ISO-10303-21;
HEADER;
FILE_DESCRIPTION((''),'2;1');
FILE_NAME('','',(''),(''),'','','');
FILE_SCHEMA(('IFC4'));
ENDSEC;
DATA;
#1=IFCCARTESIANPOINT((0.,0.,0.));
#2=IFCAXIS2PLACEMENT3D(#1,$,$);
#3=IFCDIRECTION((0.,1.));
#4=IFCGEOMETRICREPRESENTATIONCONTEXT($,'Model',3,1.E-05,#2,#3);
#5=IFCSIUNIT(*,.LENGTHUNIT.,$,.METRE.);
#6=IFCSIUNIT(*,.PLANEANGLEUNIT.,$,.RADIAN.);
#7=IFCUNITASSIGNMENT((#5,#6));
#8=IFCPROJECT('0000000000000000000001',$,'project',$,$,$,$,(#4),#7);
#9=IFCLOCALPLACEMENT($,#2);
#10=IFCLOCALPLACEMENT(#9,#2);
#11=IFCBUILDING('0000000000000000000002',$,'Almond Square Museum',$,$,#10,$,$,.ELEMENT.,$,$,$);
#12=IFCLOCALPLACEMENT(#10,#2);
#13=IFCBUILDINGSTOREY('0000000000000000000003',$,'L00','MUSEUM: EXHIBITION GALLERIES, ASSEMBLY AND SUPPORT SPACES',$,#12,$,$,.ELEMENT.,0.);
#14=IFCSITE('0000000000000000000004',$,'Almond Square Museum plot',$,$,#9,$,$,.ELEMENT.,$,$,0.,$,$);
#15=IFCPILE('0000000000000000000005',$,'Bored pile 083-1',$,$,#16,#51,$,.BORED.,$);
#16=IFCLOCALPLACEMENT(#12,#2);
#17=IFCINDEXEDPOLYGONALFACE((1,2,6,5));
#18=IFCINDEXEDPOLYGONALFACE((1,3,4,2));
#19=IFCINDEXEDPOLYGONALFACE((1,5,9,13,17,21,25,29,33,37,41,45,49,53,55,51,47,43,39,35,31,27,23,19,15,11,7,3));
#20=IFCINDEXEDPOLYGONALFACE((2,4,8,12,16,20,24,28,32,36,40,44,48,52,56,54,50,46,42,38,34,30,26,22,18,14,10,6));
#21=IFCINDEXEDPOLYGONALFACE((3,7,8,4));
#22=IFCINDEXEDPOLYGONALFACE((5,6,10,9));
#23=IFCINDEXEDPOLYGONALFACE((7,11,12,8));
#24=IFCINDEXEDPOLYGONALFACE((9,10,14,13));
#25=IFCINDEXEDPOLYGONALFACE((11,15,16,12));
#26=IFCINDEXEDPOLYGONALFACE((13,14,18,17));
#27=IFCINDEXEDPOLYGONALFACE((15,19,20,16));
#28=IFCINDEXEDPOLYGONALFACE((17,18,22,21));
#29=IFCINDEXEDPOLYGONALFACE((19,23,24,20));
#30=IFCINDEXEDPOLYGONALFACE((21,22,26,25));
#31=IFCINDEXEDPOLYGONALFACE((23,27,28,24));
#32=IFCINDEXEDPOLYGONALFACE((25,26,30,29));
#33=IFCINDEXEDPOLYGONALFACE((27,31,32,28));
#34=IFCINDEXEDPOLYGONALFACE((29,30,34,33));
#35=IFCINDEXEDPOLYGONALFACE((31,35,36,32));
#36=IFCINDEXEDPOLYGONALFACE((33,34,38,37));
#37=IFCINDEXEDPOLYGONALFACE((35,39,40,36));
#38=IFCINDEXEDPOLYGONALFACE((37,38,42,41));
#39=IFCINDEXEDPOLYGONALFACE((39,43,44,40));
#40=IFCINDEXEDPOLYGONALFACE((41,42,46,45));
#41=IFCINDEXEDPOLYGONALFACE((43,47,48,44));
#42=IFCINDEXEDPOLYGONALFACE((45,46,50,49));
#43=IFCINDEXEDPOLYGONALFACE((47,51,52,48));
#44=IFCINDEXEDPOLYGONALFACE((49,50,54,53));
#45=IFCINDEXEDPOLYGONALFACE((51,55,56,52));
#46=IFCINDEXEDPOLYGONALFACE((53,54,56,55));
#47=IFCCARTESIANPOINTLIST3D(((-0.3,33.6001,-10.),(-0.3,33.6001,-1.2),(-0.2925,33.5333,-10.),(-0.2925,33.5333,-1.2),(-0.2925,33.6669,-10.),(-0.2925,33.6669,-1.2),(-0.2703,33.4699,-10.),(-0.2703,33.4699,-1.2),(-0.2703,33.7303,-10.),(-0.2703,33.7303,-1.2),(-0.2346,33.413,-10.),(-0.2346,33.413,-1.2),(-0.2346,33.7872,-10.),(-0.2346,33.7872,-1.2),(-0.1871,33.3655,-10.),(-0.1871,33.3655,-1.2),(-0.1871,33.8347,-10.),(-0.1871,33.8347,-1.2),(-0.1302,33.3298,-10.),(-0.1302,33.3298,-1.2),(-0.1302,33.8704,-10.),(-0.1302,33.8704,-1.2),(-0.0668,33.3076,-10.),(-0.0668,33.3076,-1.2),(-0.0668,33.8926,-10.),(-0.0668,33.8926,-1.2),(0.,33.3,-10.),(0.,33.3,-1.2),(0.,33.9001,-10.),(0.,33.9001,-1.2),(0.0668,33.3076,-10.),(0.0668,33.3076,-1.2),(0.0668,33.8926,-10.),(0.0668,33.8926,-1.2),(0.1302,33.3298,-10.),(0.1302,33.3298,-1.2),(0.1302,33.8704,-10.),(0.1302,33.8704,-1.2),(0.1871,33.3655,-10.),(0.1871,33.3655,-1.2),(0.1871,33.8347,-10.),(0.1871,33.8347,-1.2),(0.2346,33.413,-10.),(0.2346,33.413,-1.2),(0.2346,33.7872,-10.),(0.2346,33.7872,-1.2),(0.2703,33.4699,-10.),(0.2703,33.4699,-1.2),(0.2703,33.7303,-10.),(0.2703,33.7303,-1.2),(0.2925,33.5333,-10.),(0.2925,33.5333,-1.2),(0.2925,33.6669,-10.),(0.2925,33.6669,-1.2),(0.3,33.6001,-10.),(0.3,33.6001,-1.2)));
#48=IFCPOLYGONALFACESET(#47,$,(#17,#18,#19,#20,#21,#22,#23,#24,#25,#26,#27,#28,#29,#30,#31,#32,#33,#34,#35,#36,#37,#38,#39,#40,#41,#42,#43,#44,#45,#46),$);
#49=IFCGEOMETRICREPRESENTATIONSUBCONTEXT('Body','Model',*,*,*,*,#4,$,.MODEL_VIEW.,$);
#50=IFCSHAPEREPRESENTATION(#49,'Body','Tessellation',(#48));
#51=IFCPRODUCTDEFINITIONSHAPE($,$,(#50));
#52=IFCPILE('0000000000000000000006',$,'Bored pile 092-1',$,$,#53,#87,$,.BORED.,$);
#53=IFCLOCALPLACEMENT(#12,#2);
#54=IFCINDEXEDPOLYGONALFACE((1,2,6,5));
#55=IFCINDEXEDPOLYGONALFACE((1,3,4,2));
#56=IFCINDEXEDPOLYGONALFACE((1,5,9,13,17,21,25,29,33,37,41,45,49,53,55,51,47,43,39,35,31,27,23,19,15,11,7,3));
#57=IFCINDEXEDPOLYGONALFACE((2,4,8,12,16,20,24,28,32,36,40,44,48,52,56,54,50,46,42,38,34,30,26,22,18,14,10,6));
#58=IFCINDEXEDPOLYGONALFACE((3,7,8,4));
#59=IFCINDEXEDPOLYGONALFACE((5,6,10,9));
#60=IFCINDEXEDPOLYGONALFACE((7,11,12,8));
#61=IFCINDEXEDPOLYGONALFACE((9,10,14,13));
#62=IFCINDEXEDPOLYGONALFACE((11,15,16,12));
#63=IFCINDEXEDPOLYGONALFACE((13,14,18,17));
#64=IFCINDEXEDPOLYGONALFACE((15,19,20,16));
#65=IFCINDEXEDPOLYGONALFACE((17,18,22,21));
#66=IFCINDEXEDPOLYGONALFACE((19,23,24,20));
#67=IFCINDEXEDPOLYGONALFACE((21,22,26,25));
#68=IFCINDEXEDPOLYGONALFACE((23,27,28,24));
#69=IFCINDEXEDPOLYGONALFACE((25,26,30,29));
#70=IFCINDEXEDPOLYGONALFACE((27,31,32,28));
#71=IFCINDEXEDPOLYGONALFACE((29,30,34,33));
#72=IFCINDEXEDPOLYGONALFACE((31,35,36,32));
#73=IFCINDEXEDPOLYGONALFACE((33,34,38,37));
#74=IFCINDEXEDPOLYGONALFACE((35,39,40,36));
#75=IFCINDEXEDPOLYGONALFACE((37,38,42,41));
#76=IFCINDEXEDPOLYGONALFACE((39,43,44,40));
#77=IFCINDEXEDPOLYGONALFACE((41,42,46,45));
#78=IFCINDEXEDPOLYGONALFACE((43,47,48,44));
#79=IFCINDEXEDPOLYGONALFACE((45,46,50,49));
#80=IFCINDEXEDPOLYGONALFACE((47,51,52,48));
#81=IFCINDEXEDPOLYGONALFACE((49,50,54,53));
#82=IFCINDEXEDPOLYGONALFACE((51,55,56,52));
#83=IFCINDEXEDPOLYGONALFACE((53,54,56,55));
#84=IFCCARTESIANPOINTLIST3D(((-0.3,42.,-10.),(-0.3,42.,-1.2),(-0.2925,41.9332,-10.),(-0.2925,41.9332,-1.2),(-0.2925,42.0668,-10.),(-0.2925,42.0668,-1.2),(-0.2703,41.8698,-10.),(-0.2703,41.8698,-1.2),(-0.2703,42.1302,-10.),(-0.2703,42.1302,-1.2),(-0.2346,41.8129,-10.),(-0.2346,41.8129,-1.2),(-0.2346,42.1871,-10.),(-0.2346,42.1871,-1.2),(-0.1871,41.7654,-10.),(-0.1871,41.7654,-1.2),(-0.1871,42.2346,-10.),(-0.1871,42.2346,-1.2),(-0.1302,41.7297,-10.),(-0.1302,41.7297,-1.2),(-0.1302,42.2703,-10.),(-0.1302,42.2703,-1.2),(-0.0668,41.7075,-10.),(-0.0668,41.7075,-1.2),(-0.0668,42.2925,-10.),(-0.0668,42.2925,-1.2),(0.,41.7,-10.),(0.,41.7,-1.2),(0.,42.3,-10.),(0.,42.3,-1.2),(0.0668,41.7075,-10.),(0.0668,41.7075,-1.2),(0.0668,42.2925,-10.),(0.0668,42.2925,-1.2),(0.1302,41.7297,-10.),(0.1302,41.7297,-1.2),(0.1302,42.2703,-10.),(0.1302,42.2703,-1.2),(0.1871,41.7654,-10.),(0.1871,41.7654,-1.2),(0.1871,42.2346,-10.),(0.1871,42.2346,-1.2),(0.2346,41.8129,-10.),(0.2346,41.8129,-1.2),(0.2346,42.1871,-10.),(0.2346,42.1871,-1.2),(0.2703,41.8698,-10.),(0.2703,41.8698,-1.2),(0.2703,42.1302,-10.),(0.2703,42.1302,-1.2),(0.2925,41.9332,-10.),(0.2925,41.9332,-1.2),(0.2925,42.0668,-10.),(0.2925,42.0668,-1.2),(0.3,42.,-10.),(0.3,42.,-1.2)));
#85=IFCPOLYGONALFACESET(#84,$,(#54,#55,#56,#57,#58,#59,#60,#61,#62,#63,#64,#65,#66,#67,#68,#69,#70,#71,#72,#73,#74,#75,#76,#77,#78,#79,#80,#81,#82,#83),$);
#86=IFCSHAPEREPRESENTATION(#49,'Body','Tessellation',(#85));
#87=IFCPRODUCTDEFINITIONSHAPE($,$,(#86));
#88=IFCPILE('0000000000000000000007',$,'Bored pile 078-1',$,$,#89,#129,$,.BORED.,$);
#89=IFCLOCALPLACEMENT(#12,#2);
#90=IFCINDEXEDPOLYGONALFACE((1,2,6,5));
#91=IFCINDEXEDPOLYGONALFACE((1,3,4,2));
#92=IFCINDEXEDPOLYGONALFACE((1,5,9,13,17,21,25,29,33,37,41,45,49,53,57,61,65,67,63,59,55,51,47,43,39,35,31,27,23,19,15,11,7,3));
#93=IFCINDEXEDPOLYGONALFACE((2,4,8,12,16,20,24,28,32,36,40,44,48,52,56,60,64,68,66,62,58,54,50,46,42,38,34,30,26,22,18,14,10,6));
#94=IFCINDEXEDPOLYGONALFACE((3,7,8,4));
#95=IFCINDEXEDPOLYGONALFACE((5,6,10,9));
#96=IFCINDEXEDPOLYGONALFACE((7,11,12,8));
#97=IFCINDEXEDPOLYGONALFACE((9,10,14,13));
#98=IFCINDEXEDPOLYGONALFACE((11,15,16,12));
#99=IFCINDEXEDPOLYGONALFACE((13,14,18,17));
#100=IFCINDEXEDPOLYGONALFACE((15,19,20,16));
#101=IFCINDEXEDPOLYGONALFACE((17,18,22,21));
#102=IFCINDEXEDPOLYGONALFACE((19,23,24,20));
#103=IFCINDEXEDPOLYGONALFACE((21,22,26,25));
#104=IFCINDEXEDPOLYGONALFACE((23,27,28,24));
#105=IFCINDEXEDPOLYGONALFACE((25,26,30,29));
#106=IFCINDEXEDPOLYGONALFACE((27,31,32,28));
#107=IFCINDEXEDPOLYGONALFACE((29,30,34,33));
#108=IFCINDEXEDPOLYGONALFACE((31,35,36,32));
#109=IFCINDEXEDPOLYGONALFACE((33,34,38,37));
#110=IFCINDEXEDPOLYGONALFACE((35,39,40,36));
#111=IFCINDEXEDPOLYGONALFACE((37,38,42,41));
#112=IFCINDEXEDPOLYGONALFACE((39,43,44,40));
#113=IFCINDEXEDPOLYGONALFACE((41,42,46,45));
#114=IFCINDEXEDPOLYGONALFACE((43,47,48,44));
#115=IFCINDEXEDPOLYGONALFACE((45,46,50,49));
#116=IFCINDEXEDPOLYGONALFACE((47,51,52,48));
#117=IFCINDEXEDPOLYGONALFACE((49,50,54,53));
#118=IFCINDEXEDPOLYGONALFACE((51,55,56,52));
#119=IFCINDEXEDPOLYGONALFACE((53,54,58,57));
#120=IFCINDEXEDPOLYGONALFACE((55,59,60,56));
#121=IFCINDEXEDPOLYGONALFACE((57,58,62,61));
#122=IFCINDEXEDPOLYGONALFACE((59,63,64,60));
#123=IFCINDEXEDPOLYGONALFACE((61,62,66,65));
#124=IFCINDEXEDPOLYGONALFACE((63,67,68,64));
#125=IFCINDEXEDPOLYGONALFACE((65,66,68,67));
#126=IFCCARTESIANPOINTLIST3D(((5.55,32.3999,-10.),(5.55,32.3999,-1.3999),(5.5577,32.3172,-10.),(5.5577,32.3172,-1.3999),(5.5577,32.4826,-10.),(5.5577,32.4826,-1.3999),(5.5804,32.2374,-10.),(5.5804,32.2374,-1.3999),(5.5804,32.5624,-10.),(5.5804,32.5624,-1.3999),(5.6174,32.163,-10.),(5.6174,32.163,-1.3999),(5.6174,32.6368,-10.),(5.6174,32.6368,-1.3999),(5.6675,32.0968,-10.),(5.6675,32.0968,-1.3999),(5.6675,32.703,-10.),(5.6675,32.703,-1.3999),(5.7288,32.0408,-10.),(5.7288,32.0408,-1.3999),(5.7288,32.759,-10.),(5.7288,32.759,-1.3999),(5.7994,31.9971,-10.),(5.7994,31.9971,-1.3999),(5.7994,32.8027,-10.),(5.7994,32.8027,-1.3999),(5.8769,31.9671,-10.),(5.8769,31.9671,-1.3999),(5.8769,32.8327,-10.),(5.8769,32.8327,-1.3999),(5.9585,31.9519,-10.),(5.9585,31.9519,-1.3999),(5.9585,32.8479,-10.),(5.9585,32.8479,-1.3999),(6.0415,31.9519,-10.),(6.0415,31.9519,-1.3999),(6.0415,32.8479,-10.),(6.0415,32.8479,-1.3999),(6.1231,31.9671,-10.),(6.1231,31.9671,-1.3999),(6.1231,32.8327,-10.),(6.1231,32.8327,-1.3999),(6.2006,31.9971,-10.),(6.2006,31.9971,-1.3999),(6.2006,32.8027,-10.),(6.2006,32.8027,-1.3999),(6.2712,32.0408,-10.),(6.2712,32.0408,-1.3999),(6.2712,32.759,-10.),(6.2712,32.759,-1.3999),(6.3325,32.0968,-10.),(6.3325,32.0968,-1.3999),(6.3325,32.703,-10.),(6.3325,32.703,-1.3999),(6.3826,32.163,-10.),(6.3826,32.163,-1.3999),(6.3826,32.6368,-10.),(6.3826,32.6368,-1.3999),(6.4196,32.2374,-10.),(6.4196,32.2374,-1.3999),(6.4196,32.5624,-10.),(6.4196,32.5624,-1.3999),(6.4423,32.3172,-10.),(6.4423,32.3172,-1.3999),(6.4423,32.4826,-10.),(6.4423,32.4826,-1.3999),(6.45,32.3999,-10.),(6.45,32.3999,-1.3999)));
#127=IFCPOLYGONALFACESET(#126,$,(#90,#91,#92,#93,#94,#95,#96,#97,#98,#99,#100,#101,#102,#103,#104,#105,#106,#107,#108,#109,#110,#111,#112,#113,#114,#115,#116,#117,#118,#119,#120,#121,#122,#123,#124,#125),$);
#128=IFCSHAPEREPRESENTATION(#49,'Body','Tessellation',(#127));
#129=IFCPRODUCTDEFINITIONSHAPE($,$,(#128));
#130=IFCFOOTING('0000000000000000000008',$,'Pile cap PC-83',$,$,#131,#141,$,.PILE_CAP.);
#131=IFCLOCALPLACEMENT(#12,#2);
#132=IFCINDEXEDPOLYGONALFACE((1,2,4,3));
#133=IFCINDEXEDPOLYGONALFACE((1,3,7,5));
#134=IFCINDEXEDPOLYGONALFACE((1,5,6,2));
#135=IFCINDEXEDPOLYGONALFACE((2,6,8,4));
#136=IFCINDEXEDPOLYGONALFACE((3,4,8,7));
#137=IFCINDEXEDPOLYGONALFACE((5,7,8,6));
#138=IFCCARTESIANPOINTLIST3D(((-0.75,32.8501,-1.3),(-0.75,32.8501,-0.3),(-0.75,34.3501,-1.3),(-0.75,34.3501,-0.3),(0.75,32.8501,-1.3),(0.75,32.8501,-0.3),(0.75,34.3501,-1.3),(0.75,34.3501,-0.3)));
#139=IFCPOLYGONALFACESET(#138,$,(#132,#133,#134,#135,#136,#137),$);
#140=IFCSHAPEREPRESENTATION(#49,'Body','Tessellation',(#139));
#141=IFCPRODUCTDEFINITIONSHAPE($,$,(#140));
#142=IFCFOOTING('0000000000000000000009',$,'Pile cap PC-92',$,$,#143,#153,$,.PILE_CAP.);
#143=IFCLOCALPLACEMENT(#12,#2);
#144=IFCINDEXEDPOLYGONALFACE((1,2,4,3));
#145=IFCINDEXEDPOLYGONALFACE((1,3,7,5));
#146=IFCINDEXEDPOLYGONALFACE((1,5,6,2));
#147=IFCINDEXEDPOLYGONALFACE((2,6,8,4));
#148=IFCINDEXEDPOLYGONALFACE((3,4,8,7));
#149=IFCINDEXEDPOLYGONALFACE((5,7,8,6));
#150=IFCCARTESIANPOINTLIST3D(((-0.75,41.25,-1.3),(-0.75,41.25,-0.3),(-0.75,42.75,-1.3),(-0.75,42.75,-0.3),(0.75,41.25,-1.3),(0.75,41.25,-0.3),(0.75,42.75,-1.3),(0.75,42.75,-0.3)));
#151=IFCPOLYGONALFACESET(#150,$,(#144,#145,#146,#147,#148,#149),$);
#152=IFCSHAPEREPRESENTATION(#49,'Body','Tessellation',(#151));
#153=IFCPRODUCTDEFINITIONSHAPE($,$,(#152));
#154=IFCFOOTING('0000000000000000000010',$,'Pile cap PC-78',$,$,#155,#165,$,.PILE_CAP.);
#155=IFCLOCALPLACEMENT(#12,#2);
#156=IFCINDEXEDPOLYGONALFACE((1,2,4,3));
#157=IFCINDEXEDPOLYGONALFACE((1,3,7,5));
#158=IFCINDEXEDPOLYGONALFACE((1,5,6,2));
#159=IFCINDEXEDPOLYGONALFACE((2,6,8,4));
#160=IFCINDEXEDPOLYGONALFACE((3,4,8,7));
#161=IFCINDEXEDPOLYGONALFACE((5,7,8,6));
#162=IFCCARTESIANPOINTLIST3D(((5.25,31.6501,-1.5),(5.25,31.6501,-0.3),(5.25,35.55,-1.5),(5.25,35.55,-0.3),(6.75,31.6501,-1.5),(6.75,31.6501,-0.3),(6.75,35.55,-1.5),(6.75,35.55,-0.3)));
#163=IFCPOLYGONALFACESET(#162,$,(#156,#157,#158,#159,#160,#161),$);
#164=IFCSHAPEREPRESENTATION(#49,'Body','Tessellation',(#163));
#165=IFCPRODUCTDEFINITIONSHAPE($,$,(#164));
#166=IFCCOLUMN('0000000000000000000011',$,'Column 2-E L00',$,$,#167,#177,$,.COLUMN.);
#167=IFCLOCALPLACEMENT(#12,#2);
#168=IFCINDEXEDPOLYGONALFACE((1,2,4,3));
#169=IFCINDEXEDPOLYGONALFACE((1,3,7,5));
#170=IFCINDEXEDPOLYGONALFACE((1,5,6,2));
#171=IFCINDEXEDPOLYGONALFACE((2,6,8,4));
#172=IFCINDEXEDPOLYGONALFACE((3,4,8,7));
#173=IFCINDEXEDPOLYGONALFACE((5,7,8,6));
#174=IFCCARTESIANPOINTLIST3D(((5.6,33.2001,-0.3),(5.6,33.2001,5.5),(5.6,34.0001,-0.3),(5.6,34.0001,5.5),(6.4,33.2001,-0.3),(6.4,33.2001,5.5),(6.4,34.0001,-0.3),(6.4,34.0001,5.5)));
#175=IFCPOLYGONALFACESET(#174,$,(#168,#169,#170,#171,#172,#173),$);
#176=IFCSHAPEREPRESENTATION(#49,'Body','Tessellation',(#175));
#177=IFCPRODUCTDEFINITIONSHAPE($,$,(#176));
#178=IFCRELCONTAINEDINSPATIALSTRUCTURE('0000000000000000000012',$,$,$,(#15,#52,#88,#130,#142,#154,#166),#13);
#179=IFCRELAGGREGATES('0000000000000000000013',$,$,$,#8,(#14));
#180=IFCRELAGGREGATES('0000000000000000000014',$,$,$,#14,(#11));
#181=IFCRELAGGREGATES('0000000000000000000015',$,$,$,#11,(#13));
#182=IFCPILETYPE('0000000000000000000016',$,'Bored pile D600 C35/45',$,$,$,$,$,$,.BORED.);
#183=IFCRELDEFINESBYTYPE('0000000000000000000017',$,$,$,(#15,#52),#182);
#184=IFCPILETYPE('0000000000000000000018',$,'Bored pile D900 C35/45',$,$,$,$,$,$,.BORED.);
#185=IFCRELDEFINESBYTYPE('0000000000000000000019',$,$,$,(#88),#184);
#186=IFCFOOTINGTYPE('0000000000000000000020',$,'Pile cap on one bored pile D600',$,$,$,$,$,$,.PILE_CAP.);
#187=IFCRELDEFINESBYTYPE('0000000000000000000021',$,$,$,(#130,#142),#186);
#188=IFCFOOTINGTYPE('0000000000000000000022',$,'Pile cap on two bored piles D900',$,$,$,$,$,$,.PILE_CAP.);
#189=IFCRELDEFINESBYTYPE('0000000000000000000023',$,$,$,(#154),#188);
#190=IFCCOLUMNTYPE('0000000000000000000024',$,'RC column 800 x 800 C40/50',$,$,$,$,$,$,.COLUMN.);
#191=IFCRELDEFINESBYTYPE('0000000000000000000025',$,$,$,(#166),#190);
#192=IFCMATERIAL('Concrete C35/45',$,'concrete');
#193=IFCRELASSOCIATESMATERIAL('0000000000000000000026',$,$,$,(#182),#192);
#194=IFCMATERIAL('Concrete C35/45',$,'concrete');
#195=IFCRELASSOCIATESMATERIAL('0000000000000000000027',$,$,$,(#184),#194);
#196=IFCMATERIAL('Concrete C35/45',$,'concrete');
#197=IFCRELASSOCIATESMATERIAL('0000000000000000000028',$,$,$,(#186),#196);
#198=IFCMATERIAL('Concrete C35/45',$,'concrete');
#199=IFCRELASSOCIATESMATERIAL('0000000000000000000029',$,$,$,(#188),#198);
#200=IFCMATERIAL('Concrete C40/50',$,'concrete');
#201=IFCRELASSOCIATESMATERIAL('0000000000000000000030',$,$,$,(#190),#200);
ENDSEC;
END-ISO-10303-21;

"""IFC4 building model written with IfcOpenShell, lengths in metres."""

from ifc_helpers import new_model, si_unit, direction, frame, origin, origin_2d, place, context, subcontext, project, spatial, rectangle, circle, extrude, material, material_profile, profile_set, type_object, element, save


model = new_model("IFC4")

# Units and contexts
model_context = context("Model", 3, precision=1e-05, world=origin(), true_north=direction((0.0, 1.0)))
body_context = subcontext(model_context, "Body", "Model", "MODEL_VIEW")
ifc_project = project(units=[si_unit("LENGTHUNIT", "METRE"), si_unit("PLANEANGLEUNIT", "RADIAN")], contexts=[model_context])

# Site, building, storey
site_placement = place(None, origin())
site = spatial("IfcSite", under=ifc_project, at=site_placement, Name="Almond Square Museum plot", CompositionType="ELEMENT", RefElevation=0.0)
building_placement = place(site_placement, origin())
building = spatial("IfcBuilding", under=site, at=building_placement, Name="Almond Square Museum", CompositionType="ELEMENT")
storey_placement = place(building_placement, origin())
storey = spatial("IfcBuildingStorey", under=building, at=storey_placement, Name="L00", Description="MUSEUM: EXHIBITION GALLERIES, ASSEMBLY AND SUPPORT SPACES", CompositionType="ELEMENT", Elevation=0.0)

# Piles
ifc_material_1 = material(Name="Concrete C35/45", Category="concrete")
ifc_material_profile_1 = material_profile(ifc_material_1, circle(Radius=0.3, at=origin_2d()))
ifc_profile_set_1 = profile_set([ifc_material_profile_1], Name="Concrete C35/45")
pile_type_1 = type_object("IfcPileType", Name="Bored pile D600 C35/45", PredefinedType="BORED", material=ifc_profile_set_1)
for number, where, z_axis, x_axis, name in (
    (1, (0.0, 33.6001, -1.2), (0.0, 0.0, -1.0), (1.0, 0.0, 0.0), "Bored pile 083-1"),
    (2, (0.0, 42.0, -1.2), (0.0, 0.0, -1.0), (1.0, 0.0, 0.0), "Bored pile 092-1"),
):
    element("IfcPile", number, at=place(storey_placement, frame(where, z_axis=z_axis, x_axis=x_axis)), inside=storey, type_object=pile_type_1, Name=name, PredefinedType="BORED", context=body_context, shape_type="SweptSolid", body=[
        extrude(circle(Radius=0.3, at=origin_2d()), origin(), (0.0, 0.0, 1.0), 8.8),
    ])
ifc_material_2 = material(Name="Concrete C35/45", Category="concrete")
ifc_material_profile_2 = material_profile(ifc_material_2, circle(Radius=0.45, at=origin_2d()))
ifc_profile_set_2 = profile_set([ifc_material_profile_2], Name="Concrete C35/45")
pile_type_2 = type_object("IfcPileType", Name="Bored pile D900 C35/45", PredefinedType="BORED", material=ifc_profile_set_2)
pile_placement = place(storey_placement, frame((6.0, 32.3999, -1.3999), z_axis=(0.0, 0.0, -1.0), x_axis=(1.0, 0.0, 0.0)))
element("IfcPile", 3, at=pile_placement, inside=storey, type_object=pile_type_2, Name="Bored pile 078-1", PredefinedType="BORED", context=body_context, shape_type="SweptSolid", body=[
    extrude(circle(Radius=0.45, at=origin_2d()), origin(), (0.0, 0.0, 1.0), 8.6001),
])

# Footings
ifc_material_3 = material(Name="Concrete C35/45", Category="concrete")
footing_type_1 = type_object("IfcFootingType", Name="Pile cap on one bored pile D600", PredefinedType="PILE_CAP", material=ifc_material_3)
for number, where, z_axis, x_axis, name in (
    (4, (0.0, 33.6001, -1.3), (0.0, 0.0, 1.0), (1.0, 0.0, 0.0), "Pile cap PC-83"),
    (5, (0.0, 42.0, -1.3), (0.0, 0.0, 1.0), (1.0, 0.0, 0.0), "Pile cap PC-92"),
):
    element("IfcFooting", number, at=place(storey_placement, frame(where, z_axis=z_axis, x_axis=x_axis)), inside=storey, type_object=footing_type_1, Name=name, PredefinedType="PILE_CAP", context=body_context, shape_type="SweptSolid", body=[
        extrude(rectangle(XDim=1.5, YDim=1.5, at=origin_2d()), origin(), (0.0, 0.0, 1.0), 1.0),
    ])
ifc_material_4 = material(Name="Concrete C35/45", Category="concrete")
footing_type_2 = type_object("IfcFootingType", Name="Pile cap on two bored piles D900", PredefinedType="PILE_CAP", material=ifc_material_4)
footing_placement = place(storey_placement, frame((6.0, 33.6001, -1.5), z_axis=(0.0, 0.0, 1.0), x_axis=(1.0, 0.0, 0.0)))
element("IfcFooting", 6, at=footing_placement, inside=storey, type_object=footing_type_2, Name="Pile cap PC-78", PredefinedType="PILE_CAP", context=body_context, shape_type="SweptSolid", body=[
    extrude(rectangle(XDim=1.5, YDim=3.8999, at=origin_2d()), origin(), (0.0, 0.0, 1.0), 1.2),
])

# Column
ifc_material_5 = material(Name="Concrete C40/50", Category="concrete")
ifc_material_profile_3 = material_profile(ifc_material_5, rectangle(XDim=0.8, YDim=0.8, at=origin_2d()))
ifc_profile_set_3 = profile_set([ifc_material_profile_3], Name="Concrete C40/50")
column_type_1 = type_object("IfcColumnType", Name="RC column 800 x 800 C40/50", PredefinedType="COLUMN", material=ifc_profile_set_3)
column_placement = place(storey_placement, frame((6.0, 33.6001, -0.3), z_axis=(0.0, 0.0, 1.0), x_axis=(1.0, 0.0, 0.0)))
element("IfcColumn", 7, at=column_placement, inside=storey, type_object=column_type_1, Name="Column 2-E L00", PredefinedType="COLUMN", context=body_context, shape_type="SweptSolid", body=[
    extrude(rectangle(XDim=0.8, YDim=0.8, at=origin_2d()), origin(), (0.0, 0.0, 1.0), 5.8),
])

save(model, "model.ifc")
